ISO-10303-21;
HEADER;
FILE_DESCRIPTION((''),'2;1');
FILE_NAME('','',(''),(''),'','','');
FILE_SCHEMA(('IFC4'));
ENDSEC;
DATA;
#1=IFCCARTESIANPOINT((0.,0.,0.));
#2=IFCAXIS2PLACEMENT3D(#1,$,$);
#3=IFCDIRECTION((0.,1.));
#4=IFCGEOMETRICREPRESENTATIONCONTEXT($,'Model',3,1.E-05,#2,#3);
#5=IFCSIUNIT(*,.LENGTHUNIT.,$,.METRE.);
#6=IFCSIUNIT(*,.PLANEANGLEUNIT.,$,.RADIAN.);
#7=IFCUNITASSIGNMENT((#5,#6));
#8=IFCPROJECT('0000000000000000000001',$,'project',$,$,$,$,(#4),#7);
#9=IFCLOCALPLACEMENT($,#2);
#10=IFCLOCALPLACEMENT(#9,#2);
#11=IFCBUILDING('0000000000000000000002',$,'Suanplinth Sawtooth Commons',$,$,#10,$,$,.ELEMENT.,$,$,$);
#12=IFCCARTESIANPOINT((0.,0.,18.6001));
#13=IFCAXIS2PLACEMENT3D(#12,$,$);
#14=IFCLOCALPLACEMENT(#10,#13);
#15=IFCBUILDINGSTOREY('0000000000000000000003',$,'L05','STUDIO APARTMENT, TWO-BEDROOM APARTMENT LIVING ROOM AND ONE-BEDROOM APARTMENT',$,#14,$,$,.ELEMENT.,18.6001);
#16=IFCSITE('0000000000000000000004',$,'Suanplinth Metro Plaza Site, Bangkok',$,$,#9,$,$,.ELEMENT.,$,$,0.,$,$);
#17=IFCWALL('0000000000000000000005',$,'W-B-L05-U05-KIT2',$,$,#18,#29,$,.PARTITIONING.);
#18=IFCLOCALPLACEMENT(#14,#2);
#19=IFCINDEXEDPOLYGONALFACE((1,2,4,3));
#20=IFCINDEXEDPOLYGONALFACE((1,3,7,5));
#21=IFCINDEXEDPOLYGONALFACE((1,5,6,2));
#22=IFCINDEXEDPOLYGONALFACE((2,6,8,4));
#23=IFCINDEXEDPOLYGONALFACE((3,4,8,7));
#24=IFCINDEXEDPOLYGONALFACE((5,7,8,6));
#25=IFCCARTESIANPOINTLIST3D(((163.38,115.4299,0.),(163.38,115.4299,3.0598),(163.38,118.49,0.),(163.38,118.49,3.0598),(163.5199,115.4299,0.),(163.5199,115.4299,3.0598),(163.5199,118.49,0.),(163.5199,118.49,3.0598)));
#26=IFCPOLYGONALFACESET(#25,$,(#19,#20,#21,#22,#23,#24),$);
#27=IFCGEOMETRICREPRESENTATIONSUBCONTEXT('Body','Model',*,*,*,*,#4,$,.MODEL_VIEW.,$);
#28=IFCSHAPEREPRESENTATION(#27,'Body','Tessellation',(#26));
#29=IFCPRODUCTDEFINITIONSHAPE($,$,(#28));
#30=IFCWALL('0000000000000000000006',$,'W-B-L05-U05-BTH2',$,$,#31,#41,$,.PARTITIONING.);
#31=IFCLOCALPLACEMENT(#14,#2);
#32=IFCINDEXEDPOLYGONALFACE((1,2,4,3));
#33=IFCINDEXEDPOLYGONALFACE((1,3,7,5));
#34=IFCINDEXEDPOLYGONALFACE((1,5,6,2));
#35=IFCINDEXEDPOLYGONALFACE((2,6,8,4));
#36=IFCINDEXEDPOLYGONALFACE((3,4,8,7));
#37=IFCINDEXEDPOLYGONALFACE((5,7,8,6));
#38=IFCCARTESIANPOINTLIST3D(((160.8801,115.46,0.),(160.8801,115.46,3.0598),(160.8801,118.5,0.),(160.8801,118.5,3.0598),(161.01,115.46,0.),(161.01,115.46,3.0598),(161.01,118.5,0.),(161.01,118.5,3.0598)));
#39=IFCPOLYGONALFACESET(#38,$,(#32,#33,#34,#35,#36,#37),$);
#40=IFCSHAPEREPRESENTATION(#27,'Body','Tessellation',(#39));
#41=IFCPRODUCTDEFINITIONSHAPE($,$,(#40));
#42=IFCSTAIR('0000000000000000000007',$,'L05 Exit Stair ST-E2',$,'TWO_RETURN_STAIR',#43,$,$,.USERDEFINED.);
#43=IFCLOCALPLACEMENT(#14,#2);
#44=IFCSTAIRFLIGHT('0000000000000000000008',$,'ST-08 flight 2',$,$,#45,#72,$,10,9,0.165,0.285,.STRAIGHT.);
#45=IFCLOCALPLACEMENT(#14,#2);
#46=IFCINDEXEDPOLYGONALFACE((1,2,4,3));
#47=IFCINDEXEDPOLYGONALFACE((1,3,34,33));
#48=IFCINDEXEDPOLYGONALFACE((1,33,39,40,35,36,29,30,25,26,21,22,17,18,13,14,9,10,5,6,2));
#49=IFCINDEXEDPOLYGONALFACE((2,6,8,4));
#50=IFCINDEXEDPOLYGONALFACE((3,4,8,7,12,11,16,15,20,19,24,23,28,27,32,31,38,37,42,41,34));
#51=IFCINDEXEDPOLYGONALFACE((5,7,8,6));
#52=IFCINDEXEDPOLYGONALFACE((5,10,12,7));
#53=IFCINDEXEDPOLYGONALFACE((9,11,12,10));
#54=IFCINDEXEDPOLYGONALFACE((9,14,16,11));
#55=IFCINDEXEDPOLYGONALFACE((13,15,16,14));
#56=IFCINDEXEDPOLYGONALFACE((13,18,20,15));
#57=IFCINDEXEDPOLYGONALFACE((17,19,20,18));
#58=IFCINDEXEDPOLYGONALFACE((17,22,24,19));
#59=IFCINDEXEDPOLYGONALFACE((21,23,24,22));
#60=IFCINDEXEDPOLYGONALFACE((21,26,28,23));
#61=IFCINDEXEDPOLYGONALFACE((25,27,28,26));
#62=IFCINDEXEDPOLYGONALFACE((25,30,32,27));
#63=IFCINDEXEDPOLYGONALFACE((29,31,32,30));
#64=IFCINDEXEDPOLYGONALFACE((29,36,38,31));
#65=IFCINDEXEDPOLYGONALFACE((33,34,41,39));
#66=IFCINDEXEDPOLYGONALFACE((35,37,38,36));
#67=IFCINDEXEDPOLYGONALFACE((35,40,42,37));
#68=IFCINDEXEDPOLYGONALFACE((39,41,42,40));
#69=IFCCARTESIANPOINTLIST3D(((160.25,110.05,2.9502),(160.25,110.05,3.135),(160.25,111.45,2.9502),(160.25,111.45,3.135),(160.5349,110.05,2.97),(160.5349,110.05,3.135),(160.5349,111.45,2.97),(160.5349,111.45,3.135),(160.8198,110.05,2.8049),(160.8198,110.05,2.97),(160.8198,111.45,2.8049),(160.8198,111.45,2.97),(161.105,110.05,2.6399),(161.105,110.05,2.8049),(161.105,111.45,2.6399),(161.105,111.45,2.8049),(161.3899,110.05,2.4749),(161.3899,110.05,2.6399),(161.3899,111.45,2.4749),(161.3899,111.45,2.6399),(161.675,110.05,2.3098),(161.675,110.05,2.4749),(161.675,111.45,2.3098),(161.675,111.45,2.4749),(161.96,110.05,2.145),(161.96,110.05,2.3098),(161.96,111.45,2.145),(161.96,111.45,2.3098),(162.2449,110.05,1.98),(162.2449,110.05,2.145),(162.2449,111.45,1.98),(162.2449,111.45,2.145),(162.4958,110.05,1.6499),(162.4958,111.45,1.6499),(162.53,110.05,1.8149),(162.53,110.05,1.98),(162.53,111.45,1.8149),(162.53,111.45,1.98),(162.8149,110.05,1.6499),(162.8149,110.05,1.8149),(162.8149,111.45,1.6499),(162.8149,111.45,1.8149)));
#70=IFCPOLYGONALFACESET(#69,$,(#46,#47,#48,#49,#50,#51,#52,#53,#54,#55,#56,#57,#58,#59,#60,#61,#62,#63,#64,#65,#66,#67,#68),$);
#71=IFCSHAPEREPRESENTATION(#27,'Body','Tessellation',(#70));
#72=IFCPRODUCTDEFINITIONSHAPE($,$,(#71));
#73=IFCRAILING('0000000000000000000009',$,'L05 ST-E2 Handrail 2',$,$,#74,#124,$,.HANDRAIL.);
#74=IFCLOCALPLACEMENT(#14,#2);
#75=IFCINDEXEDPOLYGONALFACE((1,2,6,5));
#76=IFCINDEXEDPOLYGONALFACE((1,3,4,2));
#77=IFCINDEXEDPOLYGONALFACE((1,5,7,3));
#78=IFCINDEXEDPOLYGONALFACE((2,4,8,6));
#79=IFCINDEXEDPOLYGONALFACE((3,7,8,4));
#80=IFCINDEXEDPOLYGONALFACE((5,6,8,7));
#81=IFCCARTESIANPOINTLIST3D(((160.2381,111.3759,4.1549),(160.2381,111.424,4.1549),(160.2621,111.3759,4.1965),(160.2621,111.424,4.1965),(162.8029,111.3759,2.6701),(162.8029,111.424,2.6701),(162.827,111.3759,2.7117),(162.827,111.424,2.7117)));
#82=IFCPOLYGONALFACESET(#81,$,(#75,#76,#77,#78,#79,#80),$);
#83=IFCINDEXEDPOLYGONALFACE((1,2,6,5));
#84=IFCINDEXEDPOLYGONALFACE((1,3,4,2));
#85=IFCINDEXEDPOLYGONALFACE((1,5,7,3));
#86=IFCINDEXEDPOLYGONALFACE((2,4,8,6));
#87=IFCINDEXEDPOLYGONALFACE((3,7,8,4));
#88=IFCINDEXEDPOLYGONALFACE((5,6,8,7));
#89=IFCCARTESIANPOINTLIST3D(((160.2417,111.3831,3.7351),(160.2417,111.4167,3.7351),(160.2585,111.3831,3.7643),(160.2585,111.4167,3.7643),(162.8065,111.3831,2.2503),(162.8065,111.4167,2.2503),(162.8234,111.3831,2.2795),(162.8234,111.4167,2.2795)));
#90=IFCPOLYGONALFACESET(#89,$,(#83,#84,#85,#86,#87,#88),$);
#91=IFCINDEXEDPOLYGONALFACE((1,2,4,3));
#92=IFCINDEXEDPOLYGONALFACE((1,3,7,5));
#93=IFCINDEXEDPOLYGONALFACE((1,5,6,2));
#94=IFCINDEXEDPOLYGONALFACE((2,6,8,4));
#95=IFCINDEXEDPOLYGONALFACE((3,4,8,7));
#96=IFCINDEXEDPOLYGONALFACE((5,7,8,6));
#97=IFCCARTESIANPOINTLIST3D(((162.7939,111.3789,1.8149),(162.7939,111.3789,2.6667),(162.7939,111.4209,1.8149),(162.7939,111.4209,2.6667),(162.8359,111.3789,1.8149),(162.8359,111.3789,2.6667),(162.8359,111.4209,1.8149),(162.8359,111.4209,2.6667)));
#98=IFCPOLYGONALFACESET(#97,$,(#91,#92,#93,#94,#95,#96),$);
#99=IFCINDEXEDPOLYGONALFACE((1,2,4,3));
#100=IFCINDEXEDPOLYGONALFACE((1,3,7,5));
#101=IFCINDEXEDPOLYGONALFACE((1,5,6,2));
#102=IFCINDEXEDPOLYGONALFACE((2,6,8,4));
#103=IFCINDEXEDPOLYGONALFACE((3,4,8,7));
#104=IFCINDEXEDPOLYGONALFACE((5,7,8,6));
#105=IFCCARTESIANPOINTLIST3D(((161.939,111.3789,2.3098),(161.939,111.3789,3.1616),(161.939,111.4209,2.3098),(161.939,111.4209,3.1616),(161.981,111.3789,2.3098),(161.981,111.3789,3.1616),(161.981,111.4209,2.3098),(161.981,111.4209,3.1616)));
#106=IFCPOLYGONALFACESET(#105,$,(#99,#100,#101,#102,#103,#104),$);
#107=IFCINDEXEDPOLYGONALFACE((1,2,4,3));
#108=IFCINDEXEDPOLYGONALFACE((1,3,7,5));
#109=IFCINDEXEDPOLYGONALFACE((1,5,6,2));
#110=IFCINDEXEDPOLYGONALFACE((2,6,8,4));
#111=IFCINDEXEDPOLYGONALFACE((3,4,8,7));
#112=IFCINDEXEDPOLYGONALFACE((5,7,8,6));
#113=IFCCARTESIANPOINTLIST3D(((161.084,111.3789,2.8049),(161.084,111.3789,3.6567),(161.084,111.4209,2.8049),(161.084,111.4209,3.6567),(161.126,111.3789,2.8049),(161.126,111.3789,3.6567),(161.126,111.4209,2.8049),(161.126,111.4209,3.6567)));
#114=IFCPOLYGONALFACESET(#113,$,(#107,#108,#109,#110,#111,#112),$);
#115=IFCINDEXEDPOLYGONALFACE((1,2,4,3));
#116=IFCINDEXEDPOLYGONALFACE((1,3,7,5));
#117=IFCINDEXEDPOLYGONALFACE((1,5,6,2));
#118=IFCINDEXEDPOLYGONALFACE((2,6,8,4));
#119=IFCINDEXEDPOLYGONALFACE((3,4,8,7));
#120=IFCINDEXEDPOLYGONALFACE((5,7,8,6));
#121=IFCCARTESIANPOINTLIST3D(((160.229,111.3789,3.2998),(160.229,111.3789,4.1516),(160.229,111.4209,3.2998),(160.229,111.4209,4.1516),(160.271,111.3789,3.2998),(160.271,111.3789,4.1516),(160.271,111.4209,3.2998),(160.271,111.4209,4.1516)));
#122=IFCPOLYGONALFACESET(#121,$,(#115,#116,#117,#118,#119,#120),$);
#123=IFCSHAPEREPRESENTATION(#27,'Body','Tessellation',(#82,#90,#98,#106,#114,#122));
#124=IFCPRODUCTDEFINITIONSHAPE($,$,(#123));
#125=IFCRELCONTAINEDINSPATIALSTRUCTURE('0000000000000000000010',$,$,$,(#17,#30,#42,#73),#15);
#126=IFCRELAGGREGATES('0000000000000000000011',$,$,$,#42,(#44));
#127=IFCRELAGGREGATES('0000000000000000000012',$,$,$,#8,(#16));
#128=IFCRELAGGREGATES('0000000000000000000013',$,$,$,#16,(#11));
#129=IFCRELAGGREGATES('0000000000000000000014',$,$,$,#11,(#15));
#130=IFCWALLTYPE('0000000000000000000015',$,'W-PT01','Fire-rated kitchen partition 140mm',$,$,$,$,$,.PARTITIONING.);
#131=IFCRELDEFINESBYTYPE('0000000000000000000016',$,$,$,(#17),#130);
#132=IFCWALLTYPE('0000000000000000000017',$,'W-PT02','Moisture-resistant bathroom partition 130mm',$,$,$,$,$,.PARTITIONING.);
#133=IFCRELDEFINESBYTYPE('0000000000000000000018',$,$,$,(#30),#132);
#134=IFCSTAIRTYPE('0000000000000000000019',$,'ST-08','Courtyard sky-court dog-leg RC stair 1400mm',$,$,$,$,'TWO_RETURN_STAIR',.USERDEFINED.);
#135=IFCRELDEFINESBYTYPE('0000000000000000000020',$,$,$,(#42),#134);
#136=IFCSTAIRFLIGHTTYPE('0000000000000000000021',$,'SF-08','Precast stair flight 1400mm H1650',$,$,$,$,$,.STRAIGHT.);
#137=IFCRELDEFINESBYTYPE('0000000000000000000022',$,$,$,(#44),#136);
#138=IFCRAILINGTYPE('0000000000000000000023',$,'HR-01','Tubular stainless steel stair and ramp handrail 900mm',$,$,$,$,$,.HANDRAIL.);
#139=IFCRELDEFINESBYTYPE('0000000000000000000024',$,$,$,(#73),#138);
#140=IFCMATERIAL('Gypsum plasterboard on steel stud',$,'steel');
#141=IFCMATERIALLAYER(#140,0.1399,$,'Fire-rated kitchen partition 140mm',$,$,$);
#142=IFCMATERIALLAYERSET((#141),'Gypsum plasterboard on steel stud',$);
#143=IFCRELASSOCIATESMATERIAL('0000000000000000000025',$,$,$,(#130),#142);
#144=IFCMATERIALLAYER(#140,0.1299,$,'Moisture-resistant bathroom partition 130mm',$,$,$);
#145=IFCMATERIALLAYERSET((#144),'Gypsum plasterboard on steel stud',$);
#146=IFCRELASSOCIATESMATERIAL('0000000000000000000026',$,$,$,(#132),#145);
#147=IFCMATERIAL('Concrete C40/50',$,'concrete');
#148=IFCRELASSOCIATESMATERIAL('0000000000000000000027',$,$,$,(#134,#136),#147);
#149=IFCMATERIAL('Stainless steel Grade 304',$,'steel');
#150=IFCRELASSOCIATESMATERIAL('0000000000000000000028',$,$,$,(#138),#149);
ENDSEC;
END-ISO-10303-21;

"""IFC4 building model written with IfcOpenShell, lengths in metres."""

from ifc_helpers import new_model, si_unit, direction, frame, frame_2d, origin, origin_2d, place, context, subcontext, project, spatial, polyline, rectangle, outline, extrude, material, layer, layer_set, type_object, element, aggregate, save


model = new_model("IFC4")

# Units and contexts
model_context = context("Model", 3, precision=1e-05, world=origin(), true_north=direction((0.0, 1.0)))
body_context = subcontext(model_context, "Body", "Model", "MODEL_VIEW")
ifc_project = project(units=[si_unit("LENGTHUNIT", "METRE"), si_unit("PLANEANGLEUNIT", "RADIAN")], contexts=[model_context])

# Site, building, storey
site_placement = place(None, origin())
site = spatial("IfcSite", under=ifc_project, at=site_placement, Name="Suanplinth Metro Plaza Site, Bangkok", CompositionType="ELEMENT", RefElevation=0.0)
building_placement = place(site_placement, origin())
building = spatial("IfcBuilding", under=site, at=building_placement, Name="Suanplinth Sawtooth Commons", CompositionType="ELEMENT")
storey_placement = place(building_placement, frame((0.0, 0.0, 18.6001)))
storey = spatial("IfcBuildingStorey", under=building, at=storey_placement, Name="L05", Description="STUDIO APARTMENT, TWO-BEDROOM APARTMENT LIVING ROOM AND ONE-BEDROOM APARTMENT", CompositionType="ELEMENT", Elevation=18.6001)

# Shared definitions
ifc_material_1 = material(Name="Concrete C40/50", Category="concrete")

# Shared definitions
ifc_material_2 = material(Name="Gypsum plasterboard on steel stud", Category="steel")
ifc_layer_1 = layer(ifc_material_2, 0.1399, Name="Fire-rated kitchen partition 140mm")
ifc_layer_set_1 = layer_set([ifc_layer_1], Name="Gypsum plasterboard on steel stud")
wall_type_1 = type_object("IfcWallType", Name="W-PT01", Description="Fire-rated kitchen partition 140mm", PredefinedType="PARTITIONING", material=ifc_layer_set_1)

# Walls
wall_1_placement = place(storey_placement, frame((163.45, 115.4299, 0.0), z_axis=(0.0, 0.0, 1.0), x_axis=(0.0, 1.0, 0.0)))
element("IfcWall", 1, at=wall_1_placement, inside=storey, type_object=wall_type_1, Name="W-B-L05-U05-KIT2", PredefinedType="PARTITIONING", context=body_context, shape_type="SweptSolid", body=[
    extrude(rectangle(XDim=3.0601, YDim=0.1399, at=frame_2d((1.53, 0.0))), origin(), (0.0, 0.0, 1.0), 3.0598),
])
ifc_layer_2 = layer(ifc_material_2, 0.1299, Name="Moisture-resistant bathroom partition 130mm")
ifc_layer_set_2 = layer_set([ifc_layer_2], Name="Gypsum plasterboard on steel stud")
wall_type_2 = type_object("IfcWallType", Name="W-PT02", Description="Moisture-resistant bathroom partition 130mm", PredefinedType="PARTITIONING", material=ifc_layer_set_2)
wall_2_placement = place(storey_placement, frame((160.9451, 115.46, 0.0), z_axis=(0.0, 0.0, 1.0), x_axis=(0.0, 1.0, 0.0)))
element("IfcWall", 2, at=wall_2_placement, inside=storey, type_object=wall_type_2, Name="W-B-L05-U05-BTH2", PredefinedType="PARTITIONING", context=body_context, shape_type="SweptSolid", body=[
    extrude(rectangle(XDim=3.04, YDim=0.1299, at=frame_2d((1.52, 0.0))), origin(), (0.0, 0.0, 1.0), 3.0598),
])

# Stair, stair flight
stair_type = type_object("IfcStairType", Name="ST-08", Description="Courtyard sky-court dog-leg RC stair 1400mm", ElementType="TWO_RETURN_STAIR", PredefinedType="USERDEFINED", material=ifc_material_1)
stair_placement = place(storey_placement, origin())
stair = element("IfcStair", 3, at=stair_placement, inside=storey, type_object=stair_type, Name="L05 Exit Stair ST-E2", ObjectType="TWO_RETURN_STAIR", PredefinedType="USERDEFINED")
stair_flight_type = type_object("IfcStairFlightType", Name="SF-08", Description="Precast stair flight 1400mm H1650", PredefinedType="STRAIGHT", material=ifc_material_1)
stair_flight_placement = place(storey_placement, frame((162.8149, 110.75, 1.6499), z_axis=(0.0, 0.0, 1.0), x_axis=(-1.0, 0.0, 0.0)))
stair_flight = element("IfcStairFlight", 4, at=stair_flight_placement, type_object=stair_flight_type, Name="ST-08 flight 2", NumberOfRisers=10, NumberOfTreads=9, PredefinedType="STRAIGHT", RiserHeight=0.165, TreadLength=0.285, context=body_context, shape_type="SweptSolid", body=[
    extrude(outline(polyline([(0.0, 0.0), (0.0, 0.165), (0.2849, 0.165), (0.2849, 0.3301), (0.5701, 0.3301), (0.5701, 0.4951), (0.855, 0.4951), (0.855, 0.6599), (1.1399, 0.6599), (1.1399, 0.825), (1.425, 0.825), (1.425, 0.99), (1.71, 0.99), (1.71, 1.155), (1.9951, 1.155), (1.9951, 1.3201), (2.28, 1.3201), (2.28, 1.4851), (2.5649, 1.4851), (2.5649, 1.6499), (2.5649, 1.3003), (0.3191, 0.0), (0.0, 0.0)])), frame((0.0, 0.7, 0.0), z_axis=(0.0, -1.0, 0.0), x_axis=(1.0, 0.0, 0.0)), (0.0, 0.0, 1.0), 1.3999),
])
aggregate(stair, [stair_flight])

# Railing
ifc_material_3 = material(Name="Stainless steel Grade 304", Category="steel")
railing_type = type_object("IfcRailingType", Name="HR-01", Description="Tubular stainless steel stair and ramp handrail 900mm", PredefinedType="HANDRAIL", material=ifc_material_3)
railing_placement = place(storey_placement, frame((162.8149, 111.3999, 1.8149)))
element("IfcRailing", 5, at=railing_placement, inside=storey, type_object=railing_type, Name="L05 ST-E2 Handrail 2", PredefinedType="HANDRAIL", context=body_context, shape_type="SweptSolid", body=[
    extrude(rectangle(XDim=0.0481, YDim=0.0481, at=origin_2d()), frame((0.0, 0.0, 0.876), z_axis=(-0.865441, 0.0, 0.50101), x_axis=(0.0, -1.0, 0.0)), (0.0, 0.0, 1.0), 2.9636),
    extrude(rectangle(XDim=0.0337, YDim=0.0337, at=origin_2d()), frame((0.0, 0.0, 0.45), z_axis=(-0.865441, 0.0, 0.50101), x_axis=(0.0, -1.0, 0.0)), (0.0, 0.0, 1.0), 2.9636),
    extrude(rectangle(XDim=0.042, YDim=0.042, at=origin_2d()), origin(), (0.0, 0.0, 1.0), 0.8518),
    extrude(rectangle(XDim=0.042, YDim=0.042, at=origin_2d()), frame((-0.855, 0.0, 0.4949)), (0.0, 0.0, 1.0), 0.8518),
    extrude(rectangle(XDim=0.042, YDim=0.042, at=origin_2d()), frame((-1.71, 0.0, 0.99)), (0.0, 0.0, 1.0), 0.8518),
    extrude(rectangle(XDim=0.042, YDim=0.042, at=origin_2d()), frame((-2.5649, 0.0, 1.4849)), (0.0, 0.0, 1.0), 0.8518),
])

save(model, "model.ifc")
